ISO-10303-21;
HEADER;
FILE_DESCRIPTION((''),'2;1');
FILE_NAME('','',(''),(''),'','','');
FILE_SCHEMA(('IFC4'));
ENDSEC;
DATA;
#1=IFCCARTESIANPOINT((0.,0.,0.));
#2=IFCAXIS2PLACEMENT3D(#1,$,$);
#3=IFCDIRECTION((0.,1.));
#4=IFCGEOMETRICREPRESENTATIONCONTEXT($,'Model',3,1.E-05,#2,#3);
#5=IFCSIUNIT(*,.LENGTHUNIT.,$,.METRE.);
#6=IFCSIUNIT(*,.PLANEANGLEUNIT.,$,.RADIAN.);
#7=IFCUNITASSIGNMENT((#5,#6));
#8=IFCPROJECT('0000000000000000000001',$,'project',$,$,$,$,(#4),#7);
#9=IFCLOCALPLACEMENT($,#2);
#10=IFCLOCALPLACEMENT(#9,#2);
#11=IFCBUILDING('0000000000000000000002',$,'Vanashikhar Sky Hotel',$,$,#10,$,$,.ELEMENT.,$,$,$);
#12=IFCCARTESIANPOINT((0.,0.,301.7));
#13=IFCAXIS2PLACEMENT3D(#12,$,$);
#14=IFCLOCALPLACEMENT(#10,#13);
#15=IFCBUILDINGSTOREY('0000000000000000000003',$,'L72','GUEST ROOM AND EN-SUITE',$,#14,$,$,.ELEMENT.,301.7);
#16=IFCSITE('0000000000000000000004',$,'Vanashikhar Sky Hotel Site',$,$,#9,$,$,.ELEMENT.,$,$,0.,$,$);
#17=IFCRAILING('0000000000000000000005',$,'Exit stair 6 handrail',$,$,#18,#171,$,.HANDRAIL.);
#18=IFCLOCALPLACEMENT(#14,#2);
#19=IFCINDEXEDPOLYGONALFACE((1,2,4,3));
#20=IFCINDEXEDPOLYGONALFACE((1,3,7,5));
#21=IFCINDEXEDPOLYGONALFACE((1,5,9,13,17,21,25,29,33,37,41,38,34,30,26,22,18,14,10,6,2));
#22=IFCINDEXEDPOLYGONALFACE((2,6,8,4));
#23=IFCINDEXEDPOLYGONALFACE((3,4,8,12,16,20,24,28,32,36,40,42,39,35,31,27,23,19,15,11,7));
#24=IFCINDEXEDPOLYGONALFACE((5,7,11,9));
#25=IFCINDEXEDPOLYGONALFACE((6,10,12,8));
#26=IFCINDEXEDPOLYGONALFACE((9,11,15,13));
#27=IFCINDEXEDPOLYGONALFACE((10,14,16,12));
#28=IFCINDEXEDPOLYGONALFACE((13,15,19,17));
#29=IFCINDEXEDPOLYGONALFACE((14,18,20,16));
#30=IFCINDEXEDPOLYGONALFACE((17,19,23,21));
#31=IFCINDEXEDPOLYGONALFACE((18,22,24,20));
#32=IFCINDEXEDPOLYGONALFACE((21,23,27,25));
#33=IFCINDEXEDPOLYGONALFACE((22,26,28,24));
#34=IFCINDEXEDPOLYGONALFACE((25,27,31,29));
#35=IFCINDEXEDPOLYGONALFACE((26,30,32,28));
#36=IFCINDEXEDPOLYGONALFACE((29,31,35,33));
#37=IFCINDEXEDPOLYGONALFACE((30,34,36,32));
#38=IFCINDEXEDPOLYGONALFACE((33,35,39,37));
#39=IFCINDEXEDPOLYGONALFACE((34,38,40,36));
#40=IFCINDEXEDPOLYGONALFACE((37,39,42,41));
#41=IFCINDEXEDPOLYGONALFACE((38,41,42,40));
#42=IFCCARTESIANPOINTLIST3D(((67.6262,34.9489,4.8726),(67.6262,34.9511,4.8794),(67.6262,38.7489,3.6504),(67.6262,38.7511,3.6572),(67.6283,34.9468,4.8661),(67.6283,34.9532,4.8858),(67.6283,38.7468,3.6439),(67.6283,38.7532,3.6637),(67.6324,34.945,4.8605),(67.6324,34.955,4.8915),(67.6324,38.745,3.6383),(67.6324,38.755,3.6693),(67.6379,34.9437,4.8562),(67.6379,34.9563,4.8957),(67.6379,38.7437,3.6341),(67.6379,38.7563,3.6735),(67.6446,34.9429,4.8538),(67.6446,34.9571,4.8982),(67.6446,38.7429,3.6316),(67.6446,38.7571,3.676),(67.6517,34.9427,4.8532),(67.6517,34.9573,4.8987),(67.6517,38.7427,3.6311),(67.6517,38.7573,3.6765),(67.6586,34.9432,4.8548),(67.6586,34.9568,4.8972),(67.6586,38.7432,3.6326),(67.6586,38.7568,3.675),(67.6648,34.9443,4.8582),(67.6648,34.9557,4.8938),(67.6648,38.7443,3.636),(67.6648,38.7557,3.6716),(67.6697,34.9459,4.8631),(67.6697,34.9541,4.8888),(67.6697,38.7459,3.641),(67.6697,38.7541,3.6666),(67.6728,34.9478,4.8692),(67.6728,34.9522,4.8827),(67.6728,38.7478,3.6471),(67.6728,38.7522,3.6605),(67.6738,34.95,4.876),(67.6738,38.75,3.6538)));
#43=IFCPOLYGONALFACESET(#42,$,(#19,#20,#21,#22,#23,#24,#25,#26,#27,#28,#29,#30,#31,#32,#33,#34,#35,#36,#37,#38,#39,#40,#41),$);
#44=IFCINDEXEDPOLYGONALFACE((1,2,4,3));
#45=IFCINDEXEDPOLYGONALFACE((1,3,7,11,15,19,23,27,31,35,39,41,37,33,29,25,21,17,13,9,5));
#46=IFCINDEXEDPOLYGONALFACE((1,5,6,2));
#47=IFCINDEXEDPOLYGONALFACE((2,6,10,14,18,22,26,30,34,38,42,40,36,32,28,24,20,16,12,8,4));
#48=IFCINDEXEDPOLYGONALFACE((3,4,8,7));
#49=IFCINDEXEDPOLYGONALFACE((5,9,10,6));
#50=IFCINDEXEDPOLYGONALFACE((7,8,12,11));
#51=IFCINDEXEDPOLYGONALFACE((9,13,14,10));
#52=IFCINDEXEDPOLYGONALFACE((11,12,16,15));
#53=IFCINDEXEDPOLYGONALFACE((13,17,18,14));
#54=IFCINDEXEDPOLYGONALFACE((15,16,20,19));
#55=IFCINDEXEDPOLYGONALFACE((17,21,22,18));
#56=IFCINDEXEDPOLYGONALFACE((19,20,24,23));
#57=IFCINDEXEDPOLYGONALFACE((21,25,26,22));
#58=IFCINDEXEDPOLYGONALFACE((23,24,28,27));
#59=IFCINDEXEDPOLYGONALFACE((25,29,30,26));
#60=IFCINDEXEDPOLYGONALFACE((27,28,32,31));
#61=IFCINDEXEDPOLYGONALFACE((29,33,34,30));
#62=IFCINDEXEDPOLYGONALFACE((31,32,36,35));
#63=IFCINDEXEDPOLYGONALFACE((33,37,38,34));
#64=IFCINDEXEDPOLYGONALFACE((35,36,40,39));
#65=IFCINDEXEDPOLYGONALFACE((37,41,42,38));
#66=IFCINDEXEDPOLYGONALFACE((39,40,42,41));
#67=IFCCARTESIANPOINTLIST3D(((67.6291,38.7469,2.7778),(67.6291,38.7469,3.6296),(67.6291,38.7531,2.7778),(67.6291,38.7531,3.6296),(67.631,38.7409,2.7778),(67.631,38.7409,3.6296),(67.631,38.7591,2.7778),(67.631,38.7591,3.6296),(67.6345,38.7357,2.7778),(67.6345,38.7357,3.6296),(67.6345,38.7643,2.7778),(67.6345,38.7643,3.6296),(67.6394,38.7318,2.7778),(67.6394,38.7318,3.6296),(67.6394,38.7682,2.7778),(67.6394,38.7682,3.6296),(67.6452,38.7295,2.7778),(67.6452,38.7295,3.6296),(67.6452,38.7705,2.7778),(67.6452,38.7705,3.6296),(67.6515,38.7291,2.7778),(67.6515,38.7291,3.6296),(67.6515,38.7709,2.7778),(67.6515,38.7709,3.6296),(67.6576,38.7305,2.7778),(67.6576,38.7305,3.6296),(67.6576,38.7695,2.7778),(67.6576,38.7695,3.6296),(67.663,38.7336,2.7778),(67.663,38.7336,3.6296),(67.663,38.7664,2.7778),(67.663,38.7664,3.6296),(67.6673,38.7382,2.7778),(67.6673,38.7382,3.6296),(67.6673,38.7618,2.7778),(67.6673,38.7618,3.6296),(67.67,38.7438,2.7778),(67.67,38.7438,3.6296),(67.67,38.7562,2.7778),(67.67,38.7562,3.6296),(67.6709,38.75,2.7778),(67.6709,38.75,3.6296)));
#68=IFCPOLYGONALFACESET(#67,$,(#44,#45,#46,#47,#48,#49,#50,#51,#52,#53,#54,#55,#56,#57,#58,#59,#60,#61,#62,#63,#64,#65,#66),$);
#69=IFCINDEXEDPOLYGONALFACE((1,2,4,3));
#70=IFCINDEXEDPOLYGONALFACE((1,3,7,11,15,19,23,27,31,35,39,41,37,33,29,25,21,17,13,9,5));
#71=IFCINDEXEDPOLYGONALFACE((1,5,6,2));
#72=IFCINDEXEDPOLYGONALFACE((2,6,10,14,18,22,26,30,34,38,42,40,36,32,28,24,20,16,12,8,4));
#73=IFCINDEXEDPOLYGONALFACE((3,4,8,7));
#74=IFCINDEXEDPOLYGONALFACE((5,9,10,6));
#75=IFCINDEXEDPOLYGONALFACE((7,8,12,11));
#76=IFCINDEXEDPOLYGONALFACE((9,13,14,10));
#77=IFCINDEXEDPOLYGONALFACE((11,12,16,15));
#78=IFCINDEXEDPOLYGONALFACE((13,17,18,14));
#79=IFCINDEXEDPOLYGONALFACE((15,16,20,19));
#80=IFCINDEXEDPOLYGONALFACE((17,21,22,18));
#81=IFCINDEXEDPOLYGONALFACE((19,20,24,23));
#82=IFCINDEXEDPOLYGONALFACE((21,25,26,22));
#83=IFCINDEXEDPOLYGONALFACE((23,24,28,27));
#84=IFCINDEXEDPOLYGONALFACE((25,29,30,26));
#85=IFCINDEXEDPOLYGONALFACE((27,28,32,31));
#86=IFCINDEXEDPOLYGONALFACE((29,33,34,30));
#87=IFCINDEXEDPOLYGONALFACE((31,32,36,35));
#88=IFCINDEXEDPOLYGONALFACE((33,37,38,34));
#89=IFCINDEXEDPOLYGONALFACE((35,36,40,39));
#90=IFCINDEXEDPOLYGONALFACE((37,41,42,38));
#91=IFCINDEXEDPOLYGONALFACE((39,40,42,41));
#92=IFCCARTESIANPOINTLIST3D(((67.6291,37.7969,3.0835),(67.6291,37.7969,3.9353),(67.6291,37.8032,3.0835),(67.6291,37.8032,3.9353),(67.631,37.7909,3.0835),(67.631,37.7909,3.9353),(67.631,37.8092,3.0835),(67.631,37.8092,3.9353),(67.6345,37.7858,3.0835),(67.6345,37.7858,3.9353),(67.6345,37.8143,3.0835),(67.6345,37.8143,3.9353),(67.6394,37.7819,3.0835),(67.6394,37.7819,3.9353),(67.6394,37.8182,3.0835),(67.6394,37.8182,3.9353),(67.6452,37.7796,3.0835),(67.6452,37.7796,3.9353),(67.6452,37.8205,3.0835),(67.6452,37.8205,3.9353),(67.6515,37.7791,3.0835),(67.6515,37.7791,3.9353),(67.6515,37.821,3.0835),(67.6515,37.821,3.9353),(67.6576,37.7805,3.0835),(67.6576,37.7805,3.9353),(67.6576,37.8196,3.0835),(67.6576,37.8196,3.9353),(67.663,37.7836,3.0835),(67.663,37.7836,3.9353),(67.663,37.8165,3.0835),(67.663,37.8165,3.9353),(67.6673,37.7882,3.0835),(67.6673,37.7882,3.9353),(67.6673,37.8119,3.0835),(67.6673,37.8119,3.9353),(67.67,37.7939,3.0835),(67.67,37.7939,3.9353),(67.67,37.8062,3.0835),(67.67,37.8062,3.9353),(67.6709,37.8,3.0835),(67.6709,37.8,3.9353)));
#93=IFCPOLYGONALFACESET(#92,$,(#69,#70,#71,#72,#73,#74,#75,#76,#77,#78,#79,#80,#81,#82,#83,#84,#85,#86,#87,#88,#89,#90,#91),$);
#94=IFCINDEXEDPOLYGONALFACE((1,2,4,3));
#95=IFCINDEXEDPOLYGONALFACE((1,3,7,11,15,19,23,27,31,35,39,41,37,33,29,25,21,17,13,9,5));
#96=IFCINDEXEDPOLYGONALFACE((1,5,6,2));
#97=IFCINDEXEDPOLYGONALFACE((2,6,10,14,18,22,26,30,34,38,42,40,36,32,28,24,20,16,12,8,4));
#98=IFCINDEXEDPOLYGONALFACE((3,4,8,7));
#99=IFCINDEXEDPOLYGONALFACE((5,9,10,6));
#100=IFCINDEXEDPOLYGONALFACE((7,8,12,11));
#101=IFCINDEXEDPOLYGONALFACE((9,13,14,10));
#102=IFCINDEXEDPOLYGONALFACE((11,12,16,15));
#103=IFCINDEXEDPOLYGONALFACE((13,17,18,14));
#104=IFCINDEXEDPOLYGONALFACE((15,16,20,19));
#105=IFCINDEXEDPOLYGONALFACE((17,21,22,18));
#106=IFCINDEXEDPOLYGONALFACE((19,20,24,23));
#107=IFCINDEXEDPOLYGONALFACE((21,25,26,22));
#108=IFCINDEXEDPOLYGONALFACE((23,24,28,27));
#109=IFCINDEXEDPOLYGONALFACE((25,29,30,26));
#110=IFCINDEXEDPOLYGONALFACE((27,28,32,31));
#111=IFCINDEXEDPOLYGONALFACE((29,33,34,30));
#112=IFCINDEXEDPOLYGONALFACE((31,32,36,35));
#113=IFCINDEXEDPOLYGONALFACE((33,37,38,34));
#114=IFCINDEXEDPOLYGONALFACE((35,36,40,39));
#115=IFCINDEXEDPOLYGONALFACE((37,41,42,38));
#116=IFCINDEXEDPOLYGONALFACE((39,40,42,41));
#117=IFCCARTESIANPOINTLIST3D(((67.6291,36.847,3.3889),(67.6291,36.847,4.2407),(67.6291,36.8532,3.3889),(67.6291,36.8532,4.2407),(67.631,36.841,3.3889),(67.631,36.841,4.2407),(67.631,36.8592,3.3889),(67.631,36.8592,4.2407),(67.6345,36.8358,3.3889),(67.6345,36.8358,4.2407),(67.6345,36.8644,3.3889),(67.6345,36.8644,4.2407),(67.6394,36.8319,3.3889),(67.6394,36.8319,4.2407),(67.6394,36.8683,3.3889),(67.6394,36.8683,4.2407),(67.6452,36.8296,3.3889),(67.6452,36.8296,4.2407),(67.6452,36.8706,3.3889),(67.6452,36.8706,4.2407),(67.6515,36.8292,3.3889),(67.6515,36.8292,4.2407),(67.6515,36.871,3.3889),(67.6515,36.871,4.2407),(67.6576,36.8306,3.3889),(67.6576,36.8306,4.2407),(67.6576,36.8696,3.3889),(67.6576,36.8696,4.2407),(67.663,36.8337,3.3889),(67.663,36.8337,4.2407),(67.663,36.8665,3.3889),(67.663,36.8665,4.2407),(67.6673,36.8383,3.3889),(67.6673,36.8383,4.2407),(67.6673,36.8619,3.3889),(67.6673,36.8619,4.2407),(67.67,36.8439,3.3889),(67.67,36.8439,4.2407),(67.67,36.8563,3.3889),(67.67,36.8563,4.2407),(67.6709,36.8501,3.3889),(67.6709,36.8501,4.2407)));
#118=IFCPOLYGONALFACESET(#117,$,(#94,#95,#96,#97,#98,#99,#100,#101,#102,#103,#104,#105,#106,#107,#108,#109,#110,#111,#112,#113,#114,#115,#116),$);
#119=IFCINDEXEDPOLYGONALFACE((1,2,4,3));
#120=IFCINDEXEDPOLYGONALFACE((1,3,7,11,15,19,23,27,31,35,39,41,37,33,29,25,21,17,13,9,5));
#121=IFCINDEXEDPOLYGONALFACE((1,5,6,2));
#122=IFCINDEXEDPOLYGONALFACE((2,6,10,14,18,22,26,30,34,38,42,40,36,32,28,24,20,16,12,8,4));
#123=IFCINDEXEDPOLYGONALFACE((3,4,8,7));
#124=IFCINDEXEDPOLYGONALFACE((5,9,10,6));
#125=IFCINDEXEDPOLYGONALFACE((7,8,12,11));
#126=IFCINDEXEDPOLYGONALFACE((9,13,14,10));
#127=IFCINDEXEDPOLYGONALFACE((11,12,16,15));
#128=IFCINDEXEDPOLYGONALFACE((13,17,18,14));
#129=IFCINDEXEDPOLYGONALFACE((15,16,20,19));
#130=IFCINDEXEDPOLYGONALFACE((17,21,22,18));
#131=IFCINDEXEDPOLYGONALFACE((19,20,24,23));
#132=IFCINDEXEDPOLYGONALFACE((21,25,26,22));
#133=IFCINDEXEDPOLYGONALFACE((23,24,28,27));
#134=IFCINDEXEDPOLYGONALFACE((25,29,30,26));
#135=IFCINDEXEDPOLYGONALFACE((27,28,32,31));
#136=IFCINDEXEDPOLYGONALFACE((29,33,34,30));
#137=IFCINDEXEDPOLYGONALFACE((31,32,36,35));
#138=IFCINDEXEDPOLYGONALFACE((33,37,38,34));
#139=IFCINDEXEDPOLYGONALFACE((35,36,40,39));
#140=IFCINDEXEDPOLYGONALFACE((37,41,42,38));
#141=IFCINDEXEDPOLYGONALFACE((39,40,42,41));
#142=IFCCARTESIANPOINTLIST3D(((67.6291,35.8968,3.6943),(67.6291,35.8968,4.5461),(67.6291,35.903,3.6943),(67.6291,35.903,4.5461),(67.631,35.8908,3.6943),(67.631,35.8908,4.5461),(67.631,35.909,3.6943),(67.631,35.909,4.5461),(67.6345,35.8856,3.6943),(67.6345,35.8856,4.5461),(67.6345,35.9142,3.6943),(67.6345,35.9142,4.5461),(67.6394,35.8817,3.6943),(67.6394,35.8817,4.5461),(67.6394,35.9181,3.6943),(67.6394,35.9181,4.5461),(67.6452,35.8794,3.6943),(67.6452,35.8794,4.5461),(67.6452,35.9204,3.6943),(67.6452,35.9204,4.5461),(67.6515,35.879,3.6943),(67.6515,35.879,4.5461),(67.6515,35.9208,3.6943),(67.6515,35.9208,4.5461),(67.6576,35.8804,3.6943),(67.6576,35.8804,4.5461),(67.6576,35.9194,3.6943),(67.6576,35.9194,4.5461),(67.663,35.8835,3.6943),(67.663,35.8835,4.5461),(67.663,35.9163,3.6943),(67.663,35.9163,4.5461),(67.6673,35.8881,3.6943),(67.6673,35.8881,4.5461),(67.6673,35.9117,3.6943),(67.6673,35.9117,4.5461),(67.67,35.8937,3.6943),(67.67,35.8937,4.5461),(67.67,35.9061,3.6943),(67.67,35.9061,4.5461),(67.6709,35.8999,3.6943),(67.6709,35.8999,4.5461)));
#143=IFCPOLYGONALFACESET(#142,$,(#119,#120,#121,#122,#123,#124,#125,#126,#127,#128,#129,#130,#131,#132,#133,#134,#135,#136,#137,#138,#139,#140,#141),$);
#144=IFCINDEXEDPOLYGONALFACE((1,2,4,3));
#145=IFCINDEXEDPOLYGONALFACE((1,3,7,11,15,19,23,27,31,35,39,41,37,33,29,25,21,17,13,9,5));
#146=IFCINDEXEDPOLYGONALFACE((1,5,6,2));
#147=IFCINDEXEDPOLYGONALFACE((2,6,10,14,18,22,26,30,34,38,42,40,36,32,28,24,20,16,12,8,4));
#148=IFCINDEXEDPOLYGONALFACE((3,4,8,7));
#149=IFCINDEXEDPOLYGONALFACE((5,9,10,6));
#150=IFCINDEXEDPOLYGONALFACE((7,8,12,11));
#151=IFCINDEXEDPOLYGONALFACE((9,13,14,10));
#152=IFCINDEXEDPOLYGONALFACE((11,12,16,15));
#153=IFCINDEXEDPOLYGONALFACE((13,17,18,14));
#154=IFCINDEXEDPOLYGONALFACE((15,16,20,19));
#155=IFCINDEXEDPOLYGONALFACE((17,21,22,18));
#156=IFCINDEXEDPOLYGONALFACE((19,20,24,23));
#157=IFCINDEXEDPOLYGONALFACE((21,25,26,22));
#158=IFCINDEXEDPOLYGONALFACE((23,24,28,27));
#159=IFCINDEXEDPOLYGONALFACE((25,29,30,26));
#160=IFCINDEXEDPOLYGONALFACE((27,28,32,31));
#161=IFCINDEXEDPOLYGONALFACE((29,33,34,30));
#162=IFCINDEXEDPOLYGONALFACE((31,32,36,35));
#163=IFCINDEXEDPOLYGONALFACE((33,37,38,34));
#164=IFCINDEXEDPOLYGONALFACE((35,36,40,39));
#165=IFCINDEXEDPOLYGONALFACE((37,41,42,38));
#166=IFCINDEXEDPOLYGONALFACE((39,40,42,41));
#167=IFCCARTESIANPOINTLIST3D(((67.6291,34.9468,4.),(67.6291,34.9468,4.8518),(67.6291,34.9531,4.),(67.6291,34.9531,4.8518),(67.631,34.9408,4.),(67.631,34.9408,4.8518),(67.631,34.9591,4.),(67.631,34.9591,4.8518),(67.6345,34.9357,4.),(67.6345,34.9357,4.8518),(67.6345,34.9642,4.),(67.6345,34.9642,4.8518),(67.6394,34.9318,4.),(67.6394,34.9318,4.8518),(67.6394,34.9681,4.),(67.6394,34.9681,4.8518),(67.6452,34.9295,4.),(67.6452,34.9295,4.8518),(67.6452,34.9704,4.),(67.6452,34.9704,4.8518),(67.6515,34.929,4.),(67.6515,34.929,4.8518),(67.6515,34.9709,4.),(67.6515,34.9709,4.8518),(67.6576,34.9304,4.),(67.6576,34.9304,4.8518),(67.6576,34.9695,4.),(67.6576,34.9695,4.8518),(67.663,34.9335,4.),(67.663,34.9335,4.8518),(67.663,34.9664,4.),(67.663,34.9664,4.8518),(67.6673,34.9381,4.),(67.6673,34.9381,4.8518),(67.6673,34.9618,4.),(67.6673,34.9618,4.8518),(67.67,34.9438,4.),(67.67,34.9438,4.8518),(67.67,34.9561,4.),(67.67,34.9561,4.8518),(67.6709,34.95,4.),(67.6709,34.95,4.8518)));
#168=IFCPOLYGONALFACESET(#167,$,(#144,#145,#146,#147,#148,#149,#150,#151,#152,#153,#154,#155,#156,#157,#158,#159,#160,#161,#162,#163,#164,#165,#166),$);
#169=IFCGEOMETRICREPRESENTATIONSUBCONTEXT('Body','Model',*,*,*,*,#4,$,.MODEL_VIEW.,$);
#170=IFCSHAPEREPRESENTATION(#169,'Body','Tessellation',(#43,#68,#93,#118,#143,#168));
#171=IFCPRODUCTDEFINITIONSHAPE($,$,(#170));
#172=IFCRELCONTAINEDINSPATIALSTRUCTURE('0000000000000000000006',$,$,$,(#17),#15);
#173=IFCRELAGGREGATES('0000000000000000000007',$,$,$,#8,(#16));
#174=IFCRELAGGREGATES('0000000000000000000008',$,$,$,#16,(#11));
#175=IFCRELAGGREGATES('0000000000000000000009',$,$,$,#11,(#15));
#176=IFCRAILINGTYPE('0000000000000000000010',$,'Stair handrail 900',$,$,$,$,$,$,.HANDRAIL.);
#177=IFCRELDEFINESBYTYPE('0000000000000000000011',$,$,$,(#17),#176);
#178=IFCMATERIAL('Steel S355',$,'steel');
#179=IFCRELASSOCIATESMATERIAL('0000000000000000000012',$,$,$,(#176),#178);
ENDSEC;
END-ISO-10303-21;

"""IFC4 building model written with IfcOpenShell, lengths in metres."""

from ifc_helpers import new_model, si_unit, direction, frame, origin, origin_2d, place, context, subcontext, project, spatial, circle, extrude, source, transform, mapped, material, type_object, element, save


model = new_model("IFC4")

# Units and contexts
model_context = context("Model", 3, precision=1e-05, world=origin(), true_north=direction((0.0, 1.0)))
body_context = subcontext(model_context, "Body", "Model", "MODEL_VIEW")
ifc_project = project(units=[si_unit("LENGTHUNIT", "METRE"), si_unit("PLANEANGLEUNIT", "RADIAN")], contexts=[model_context])

# Site, building, storey
site_placement = place(None, origin())
site = spatial("IfcSite", under=ifc_project, at=site_placement, Name="Vanashikhar Sky Hotel Site", CompositionType="ELEMENT", RefElevation=0.0)
building_placement = place(site_placement, origin())
building = spatial("IfcBuilding", under=site, at=building_placement, Name="Vanashikhar Sky Hotel", CompositionType="ELEMENT")
storey_placement = place(building_placement, frame((0.0, 0.0, 301.7)))
storey = spatial("IfcBuildingStorey", under=building, at=storey_placement, Name="L72", Description="GUEST ROOM AND EN-SUITE", CompositionType="ELEMENT", Elevation=301.7)

# Railing
ifc_material_1 = material(Name="Steel S355", Category="steel")
railing_type_1 = type_object("IfcRailingType", Name="Stair handrail 900", PredefinedType="HANDRAIL", material=ifc_material_1)
shared_shape_1 = source(origin(), body_context, "Body", "SweptSolid", [
    extrude(circle(Radius=0.0239, at=origin_2d()), frame((0.0, 0.0, 0.876), z_axis=(0.0, -0.951976, 0.306173), x_axis=(1.0, 0.0, 0.0)), (0.0, 0.0, 1.0), 3.9917),
    extrude(circle(Radius=0.021, at=origin_2d()), origin(), (0.0, 0.0, 1.0), 0.8518),
    extrude(circle(Radius=0.021, at=origin_2d()), frame((0.0, -0.95, 0.3057)), (0.0, 0.0, 1.0), 0.8518),
    extrude(circle(Radius=0.021, at=origin_2d()), frame((0.0, -1.8999, 0.6111)), (0.0, 0.0, 1.0), 0.8518),
    extrude(circle(Radius=0.021, at=origin_2d()), frame((0.0, -2.8501, 0.9165)), (0.0, 0.0, 1.0), 0.8518),
    extrude(circle(Radius=0.021, at=origin_2d()), frame((0.0, -3.8, 1.2222)), (0.0, 0.0, 1.0), 0.8518),
])
for number, where, name in (
    (1, (67.6499, 38.75, 2.7778), "Exit stair 6 handrail"),
):
    element("IfcRailing", number, at=place(storey_placement, frame(where)), inside=storey, type_object=railing_type_1, Name=name, PredefinedType="HANDRAIL", context=body_context, shape_type="MappedRepresentation", body=[
        mapped(shared_shape_1, transform((0.0, 0.0, 0.0), scale=1.0)),
    ])

save(model, "model.ifc")
